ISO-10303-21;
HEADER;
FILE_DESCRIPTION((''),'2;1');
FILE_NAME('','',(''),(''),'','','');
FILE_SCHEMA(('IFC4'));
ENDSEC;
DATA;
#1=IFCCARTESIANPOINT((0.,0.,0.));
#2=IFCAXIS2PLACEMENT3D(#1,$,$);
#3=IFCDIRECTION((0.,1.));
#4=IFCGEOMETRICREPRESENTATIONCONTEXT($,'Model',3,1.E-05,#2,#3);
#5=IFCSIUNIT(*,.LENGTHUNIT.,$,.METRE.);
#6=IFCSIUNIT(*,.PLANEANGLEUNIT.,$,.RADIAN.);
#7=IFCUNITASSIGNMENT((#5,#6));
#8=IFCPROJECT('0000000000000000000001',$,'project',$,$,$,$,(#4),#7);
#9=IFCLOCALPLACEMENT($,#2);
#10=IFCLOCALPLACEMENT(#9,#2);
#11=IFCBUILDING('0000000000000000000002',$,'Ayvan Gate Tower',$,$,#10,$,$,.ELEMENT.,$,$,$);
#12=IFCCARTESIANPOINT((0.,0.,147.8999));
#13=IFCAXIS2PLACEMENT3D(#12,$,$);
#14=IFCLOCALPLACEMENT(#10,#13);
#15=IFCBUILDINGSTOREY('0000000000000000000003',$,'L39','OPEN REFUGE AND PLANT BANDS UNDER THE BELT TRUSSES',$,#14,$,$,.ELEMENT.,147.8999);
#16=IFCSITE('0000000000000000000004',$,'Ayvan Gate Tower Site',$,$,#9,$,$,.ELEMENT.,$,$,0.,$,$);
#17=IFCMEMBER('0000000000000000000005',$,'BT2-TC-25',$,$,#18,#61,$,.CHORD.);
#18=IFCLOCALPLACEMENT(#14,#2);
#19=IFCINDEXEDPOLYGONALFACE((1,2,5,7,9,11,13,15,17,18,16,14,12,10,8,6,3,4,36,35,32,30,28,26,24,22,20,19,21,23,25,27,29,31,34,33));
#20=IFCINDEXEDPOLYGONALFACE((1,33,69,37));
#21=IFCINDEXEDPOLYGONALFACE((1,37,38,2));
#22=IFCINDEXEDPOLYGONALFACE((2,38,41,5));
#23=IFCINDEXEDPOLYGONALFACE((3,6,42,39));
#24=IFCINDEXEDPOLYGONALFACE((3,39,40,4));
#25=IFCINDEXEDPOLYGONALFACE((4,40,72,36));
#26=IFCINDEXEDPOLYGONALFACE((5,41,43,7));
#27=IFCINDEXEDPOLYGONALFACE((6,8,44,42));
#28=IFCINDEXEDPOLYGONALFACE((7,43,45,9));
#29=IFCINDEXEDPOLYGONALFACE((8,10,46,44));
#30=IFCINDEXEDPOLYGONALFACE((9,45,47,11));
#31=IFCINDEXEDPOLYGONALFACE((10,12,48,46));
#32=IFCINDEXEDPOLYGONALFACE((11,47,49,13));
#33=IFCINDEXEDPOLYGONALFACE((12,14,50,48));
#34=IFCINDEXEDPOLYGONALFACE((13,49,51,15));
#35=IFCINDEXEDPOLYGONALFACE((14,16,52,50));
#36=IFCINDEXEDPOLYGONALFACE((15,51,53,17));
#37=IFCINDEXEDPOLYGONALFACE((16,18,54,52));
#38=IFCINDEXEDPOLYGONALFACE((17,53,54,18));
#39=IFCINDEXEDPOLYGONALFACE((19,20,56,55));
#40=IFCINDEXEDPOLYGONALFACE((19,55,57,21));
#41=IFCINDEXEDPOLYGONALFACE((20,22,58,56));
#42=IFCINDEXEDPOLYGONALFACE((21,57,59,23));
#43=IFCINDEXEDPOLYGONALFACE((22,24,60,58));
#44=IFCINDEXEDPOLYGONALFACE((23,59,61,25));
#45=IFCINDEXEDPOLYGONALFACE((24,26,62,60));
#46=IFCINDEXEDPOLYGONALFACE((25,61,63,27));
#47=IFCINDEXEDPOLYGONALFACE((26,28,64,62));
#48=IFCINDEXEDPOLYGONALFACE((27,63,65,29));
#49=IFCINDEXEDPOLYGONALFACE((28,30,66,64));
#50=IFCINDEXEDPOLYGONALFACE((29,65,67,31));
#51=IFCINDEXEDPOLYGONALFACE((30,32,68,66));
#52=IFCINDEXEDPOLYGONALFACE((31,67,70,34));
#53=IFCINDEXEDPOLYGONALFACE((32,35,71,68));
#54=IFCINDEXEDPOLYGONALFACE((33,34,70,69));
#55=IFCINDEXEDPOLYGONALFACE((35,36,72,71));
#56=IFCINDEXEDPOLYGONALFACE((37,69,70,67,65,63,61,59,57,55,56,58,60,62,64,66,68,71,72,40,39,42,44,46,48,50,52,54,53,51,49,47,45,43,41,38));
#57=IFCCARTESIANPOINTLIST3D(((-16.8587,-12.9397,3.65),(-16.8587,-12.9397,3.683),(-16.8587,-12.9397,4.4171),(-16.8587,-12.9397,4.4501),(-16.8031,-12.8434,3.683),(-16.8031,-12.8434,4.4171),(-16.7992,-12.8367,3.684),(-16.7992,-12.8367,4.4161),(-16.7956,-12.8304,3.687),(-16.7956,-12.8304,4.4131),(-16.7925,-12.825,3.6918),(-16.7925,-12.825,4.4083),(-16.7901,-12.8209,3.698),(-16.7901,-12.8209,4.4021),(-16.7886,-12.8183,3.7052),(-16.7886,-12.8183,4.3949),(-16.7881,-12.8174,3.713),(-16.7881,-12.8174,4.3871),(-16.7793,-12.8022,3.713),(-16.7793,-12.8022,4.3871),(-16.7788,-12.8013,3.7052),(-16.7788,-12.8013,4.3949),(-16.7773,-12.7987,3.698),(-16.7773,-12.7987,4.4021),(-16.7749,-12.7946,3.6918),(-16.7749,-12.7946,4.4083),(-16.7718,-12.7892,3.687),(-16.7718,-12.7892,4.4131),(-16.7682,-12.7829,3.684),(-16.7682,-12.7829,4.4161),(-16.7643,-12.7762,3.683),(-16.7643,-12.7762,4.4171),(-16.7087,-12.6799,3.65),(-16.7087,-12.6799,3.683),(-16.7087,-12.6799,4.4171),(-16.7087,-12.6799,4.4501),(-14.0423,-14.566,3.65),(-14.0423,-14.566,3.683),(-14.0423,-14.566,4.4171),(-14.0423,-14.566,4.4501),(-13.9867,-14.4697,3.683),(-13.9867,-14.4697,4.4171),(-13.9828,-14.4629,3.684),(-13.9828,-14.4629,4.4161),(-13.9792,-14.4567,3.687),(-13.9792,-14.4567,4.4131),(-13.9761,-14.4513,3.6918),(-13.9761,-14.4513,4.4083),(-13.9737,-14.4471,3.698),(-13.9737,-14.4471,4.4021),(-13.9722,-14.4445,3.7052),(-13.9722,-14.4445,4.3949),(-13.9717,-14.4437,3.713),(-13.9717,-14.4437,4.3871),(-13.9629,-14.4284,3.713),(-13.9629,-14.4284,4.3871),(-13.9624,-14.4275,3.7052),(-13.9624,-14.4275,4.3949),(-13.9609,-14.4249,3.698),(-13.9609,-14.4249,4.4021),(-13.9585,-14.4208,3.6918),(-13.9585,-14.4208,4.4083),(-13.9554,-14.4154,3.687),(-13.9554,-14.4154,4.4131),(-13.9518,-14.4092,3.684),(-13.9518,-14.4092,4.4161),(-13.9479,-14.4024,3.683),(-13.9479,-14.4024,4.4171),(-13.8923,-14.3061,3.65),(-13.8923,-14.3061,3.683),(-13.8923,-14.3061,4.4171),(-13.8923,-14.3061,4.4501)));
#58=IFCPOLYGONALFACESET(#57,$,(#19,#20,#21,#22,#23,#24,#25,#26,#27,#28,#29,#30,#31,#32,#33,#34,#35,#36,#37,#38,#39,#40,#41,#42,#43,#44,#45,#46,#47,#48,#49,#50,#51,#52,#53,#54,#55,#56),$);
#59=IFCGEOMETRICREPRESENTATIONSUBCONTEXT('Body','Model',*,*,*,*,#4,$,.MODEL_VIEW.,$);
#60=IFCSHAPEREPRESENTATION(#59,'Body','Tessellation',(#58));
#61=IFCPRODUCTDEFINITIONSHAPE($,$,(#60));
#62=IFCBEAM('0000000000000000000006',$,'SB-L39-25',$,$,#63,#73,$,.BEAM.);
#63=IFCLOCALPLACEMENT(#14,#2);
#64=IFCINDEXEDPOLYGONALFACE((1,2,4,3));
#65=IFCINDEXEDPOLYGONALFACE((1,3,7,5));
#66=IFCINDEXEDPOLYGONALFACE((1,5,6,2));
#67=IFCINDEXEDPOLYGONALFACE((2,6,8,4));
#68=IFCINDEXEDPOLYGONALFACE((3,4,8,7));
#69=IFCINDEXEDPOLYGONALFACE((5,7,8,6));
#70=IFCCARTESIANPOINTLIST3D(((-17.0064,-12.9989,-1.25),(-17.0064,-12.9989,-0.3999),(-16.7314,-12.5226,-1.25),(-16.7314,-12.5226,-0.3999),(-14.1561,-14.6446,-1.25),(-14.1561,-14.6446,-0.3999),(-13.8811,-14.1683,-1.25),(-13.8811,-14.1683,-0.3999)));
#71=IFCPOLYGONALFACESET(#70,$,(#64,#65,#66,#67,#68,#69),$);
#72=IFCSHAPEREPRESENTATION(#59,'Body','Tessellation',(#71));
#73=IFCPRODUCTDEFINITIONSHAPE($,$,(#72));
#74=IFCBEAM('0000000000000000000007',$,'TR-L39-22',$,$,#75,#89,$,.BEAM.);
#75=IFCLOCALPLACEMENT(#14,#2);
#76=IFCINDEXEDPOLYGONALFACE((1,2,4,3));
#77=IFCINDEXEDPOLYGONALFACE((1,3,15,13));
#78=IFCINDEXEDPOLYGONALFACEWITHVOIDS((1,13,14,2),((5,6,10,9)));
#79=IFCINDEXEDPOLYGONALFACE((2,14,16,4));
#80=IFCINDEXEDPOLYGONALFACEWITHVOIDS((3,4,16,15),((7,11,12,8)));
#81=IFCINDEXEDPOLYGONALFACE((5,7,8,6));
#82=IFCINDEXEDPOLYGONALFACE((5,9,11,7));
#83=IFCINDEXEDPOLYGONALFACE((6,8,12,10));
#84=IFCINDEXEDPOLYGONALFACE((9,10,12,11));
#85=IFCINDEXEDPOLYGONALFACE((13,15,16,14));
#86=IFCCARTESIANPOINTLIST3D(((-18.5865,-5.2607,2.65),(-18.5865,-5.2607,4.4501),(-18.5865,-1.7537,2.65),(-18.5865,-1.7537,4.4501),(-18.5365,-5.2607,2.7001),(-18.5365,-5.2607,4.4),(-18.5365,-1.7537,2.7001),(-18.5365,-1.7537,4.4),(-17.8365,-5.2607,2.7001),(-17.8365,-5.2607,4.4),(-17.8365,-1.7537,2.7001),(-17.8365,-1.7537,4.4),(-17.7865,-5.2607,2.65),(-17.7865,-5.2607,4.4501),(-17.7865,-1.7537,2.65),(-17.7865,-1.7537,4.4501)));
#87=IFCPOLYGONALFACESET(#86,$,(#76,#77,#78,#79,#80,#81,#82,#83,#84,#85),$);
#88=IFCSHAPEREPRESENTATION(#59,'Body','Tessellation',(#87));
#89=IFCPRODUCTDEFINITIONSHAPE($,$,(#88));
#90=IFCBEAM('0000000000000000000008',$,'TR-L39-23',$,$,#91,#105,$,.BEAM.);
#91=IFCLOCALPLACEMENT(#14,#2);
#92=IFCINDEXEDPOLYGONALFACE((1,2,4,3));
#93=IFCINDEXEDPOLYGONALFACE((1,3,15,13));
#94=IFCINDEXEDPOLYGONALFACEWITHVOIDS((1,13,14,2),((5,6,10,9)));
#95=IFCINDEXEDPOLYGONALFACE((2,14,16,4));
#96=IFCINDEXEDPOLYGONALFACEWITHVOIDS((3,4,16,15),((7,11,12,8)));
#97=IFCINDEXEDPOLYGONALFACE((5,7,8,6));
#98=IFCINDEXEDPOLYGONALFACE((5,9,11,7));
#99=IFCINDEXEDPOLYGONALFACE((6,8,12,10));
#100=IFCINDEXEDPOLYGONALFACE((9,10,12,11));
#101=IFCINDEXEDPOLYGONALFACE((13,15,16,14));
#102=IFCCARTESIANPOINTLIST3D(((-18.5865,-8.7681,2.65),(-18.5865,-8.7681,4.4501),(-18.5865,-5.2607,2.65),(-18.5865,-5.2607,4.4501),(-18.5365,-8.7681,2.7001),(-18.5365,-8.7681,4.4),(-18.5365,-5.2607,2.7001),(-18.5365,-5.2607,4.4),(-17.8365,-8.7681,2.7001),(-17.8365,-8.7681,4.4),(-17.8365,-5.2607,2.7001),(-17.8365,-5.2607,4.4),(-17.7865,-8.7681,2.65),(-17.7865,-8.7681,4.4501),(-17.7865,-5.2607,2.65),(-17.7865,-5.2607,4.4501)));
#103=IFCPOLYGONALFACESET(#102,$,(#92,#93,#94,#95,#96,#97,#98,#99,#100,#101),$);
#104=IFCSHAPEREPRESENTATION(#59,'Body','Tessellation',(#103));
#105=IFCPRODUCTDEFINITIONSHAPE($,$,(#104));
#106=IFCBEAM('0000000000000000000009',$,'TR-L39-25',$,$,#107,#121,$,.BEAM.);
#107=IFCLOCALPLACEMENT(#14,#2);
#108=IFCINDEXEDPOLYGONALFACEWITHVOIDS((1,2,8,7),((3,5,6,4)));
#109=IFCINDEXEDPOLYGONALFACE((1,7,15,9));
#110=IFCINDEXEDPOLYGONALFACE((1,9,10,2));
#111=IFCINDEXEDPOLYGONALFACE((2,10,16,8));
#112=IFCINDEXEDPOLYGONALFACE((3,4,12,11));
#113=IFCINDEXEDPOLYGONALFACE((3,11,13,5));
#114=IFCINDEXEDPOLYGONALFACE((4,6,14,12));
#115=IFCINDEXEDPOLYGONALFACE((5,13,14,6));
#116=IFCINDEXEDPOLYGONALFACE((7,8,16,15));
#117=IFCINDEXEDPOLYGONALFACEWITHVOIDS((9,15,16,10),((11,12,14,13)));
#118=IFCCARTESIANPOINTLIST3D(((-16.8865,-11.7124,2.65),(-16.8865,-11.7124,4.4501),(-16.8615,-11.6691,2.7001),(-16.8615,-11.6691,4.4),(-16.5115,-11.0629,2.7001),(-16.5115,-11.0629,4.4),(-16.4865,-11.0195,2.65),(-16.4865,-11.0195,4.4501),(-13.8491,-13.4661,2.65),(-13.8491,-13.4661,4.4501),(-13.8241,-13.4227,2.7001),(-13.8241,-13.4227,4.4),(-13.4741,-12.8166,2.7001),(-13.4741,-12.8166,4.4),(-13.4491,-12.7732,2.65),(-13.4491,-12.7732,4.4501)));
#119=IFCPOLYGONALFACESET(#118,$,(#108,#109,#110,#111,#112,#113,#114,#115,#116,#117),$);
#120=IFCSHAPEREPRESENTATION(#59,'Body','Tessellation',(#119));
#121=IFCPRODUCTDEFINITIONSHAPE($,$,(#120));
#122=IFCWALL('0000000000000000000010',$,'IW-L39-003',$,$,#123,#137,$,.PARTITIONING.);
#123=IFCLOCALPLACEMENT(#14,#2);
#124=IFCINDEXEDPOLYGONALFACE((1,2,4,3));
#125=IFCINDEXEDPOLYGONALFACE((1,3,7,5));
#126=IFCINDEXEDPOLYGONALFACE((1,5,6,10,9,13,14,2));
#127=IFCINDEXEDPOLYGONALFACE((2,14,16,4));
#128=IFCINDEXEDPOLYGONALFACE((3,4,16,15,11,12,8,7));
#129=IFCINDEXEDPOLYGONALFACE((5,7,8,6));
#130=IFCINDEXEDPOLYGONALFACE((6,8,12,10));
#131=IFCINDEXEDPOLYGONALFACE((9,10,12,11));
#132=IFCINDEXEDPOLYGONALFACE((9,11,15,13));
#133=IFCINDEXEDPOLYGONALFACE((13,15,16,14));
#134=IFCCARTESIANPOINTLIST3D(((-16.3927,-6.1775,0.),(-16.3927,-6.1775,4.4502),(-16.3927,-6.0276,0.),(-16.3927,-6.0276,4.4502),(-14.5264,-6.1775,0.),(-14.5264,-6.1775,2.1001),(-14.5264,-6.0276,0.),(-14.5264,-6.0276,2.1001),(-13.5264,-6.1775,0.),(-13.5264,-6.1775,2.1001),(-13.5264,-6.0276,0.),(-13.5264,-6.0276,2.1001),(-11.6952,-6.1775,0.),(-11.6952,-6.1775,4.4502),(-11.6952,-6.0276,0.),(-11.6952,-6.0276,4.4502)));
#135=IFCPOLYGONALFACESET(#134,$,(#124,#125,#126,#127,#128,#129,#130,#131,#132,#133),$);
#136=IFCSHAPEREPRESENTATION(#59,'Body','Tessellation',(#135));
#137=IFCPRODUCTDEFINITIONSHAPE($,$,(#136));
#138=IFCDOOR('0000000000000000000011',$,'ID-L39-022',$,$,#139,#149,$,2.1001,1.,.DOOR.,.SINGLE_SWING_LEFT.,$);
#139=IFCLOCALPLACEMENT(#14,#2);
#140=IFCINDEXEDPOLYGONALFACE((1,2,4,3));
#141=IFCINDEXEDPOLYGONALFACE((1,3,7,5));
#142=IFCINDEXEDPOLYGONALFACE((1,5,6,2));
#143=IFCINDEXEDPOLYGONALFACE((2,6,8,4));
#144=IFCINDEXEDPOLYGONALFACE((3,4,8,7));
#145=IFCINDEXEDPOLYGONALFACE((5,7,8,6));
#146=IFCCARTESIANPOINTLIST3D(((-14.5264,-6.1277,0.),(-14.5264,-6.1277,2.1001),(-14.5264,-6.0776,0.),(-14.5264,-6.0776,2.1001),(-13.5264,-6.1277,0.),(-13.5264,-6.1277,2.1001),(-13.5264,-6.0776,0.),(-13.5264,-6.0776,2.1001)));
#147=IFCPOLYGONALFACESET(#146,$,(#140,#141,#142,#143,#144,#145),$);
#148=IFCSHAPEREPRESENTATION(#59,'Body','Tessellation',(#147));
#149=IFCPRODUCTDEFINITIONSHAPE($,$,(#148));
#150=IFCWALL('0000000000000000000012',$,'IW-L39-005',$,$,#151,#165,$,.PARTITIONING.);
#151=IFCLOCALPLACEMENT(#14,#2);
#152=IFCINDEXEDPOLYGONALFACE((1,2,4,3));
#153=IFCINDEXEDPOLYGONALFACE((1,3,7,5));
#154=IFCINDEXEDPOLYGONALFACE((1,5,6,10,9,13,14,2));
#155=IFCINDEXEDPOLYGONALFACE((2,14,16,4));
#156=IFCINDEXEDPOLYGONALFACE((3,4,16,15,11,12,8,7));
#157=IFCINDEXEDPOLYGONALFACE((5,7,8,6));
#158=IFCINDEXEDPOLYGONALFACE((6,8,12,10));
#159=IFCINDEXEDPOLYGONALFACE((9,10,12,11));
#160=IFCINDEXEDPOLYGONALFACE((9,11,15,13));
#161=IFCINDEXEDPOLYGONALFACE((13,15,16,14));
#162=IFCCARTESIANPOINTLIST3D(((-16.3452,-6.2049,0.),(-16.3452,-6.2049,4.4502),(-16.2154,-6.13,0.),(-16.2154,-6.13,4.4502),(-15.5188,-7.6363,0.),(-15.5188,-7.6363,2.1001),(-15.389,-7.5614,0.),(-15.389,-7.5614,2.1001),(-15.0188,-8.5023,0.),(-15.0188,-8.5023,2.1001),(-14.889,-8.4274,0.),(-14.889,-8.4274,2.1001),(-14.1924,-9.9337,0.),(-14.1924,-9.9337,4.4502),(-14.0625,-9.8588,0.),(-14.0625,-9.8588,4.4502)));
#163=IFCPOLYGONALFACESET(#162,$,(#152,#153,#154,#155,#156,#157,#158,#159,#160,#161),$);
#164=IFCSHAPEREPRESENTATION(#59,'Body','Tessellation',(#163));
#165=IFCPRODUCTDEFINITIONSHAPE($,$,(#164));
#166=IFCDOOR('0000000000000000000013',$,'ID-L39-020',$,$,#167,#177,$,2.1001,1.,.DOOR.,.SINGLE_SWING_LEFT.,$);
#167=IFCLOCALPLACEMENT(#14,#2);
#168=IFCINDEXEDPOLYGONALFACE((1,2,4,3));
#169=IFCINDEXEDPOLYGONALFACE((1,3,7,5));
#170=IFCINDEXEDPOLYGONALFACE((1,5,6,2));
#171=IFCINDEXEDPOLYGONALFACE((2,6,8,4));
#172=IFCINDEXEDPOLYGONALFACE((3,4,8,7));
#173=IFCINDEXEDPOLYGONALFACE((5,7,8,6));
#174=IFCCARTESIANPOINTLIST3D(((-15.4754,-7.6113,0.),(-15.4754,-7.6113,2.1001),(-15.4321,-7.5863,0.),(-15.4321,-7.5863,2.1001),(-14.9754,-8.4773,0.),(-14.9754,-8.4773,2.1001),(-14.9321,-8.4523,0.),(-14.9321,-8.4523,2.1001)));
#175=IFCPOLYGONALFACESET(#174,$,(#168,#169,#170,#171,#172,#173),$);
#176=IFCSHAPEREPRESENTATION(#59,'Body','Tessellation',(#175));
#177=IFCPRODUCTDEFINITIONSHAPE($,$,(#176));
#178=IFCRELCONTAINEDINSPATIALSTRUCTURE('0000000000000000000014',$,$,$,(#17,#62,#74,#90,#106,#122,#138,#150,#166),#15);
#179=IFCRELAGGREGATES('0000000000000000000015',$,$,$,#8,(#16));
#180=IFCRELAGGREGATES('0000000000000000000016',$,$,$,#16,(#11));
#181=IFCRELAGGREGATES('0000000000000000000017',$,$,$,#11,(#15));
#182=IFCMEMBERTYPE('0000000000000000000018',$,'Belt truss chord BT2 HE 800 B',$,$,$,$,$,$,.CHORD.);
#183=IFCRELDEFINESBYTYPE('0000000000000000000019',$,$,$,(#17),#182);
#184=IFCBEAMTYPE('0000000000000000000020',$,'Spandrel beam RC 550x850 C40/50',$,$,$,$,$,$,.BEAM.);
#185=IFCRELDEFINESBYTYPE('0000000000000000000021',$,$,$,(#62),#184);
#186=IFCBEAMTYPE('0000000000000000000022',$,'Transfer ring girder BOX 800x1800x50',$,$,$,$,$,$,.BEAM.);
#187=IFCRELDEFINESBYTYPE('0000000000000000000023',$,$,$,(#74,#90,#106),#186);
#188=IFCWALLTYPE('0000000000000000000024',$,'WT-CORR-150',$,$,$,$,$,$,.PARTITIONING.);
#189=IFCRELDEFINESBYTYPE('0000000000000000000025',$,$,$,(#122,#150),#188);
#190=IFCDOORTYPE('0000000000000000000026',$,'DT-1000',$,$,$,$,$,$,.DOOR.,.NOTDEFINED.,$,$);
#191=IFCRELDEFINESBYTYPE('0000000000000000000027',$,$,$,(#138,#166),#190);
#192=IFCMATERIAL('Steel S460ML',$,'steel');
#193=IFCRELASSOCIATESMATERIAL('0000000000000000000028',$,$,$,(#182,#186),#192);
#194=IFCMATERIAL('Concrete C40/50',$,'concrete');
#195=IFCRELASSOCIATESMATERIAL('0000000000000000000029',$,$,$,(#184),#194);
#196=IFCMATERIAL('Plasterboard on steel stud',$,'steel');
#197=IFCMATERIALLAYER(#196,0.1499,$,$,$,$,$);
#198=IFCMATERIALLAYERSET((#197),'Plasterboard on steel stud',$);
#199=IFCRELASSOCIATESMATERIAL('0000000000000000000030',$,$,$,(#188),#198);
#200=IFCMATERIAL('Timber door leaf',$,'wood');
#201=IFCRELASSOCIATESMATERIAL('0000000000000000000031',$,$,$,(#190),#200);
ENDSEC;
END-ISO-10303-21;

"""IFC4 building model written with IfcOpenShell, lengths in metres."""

from ifc_helpers import new_model, si_unit, direction, frame, frame_2d, origin, origin_2d, place, context, subcontext, project, spatial, rectangle, hollow_rectangle, i_section, extrude, material, layer, layer_set, material_profile, profile_set, type_object, element, fill, save


model = new_model("IFC4")

# Units and contexts
model_context = context("Model", 3, precision=1e-05, world=origin(), true_north=direction((0.0, 1.0)))
body_context = subcontext(model_context, "Body", "Model", "MODEL_VIEW")
ifc_project = project(units=[si_unit("LENGTHUNIT", "METRE"), si_unit("PLANEANGLEUNIT", "RADIAN")], contexts=[model_context])

# Site, building, storey
site_placement = place(None, origin())
site = spatial("IfcSite", under=ifc_project, at=site_placement, Name="Ayvan Gate Tower Site", CompositionType="ELEMENT", RefElevation=0.0)
building_placement = place(site_placement, origin())
building = spatial("IfcBuilding", under=site, at=building_placement, Name="Ayvan Gate Tower", CompositionType="ELEMENT")
storey_placement = place(building_placement, frame((0.0, 0.0, 147.8999)))
storey = spatial("IfcBuildingStorey", under=building, at=storey_placement, Name="L39", Description="OPEN REFUGE AND PLANT BANDS UNDER THE BELT TRUSSES", CompositionType="ELEMENT", Elevation=147.8999)

# Member
ifc_material_1 = material(Name="Steel S460ML", Category="steel")
ifc_material_profile_1 = material_profile(ifc_material_1, i_section(OverallWidth=0.3, OverallDepth=0.8, WebThickness=0.0176, FlangeThickness=0.033, FilletRadius=0.03, at=origin_2d()), Name="HE 800 B")
ifc_profile_set_1 = profile_set([ifc_material_profile_1], Name="Steel S460ML")
member_type_1 = type_object("IfcMemberType", Name="Belt truss chord BT2 HE 800 B", PredefinedType="CHORD", material=ifc_profile_set_1)
member_1_placement = place(storey_placement, frame((-16.7837, -12.8098, 4.05), z_axis=(0.866003, -0.500039, 0.0), x_axis=(0.500039, 0.866003, 0.0)))
element("IfcMember", 1, at=member_1_placement, inside=storey, type_object=member_type_1, Name="BT2-TC-25", PredefinedType="CHORD", context=body_context, shape_type="SweptSolid", body=[
    extrude(i_section(OverallWidth=0.3, OverallDepth=0.8, WebThickness=0.0176, FlangeThickness=0.033, FilletRadius=0.03, at=origin_2d()), origin(), (0.0, 0.0, 1.0), 3.2522),
])

# Beams
ifc_material_2 = material(Name="Concrete C40/50", Category="concrete")
ifc_material_profile_2 = material_profile(ifc_material_2, rectangle(XDim=0.55, YDim=0.8501, at=origin_2d()), Name="RC 550x850")
ifc_profile_set_2 = profile_set([ifc_material_profile_2], Name="Concrete C40/50")
beam_type_1 = type_object("IfcBeamType", Name="Spandrel beam RC 550x850 C40/50", PredefinedType="BEAM", material=ifc_profile_set_2)
beam_1_placement = place(storey_placement, frame((-16.8689, -12.7607, -0.825), z_axis=(0.866011, -0.500024, 0.0), x_axis=(0.500024, 0.866011, 0.0)))
element("IfcBeam", 2, at=beam_1_placement, inside=storey, type_object=beam_type_1, Name="SB-L39-25", PredefinedType="BEAM", context=body_context, shape_type="SweptSolid", body=[
    extrude(rectangle(XDim=0.55, YDim=0.8501, at=origin_2d()), origin(), (0.0, 0.0, 1.0), 3.2913),
])
ifc_material_profile_3 = material_profile(ifc_material_1, hollow_rectangle(XDim=0.8, YDim=1.8, WallThickness=0.05, at=origin_2d()), Name="BOX 800x1800x50")
ifc_profile_set_3 = profile_set([ifc_material_profile_3], Name="Steel S460ML")
beam_type_2 = type_object("IfcBeamType", Name="Transfer ring girder BOX 800x1800x50", PredefinedType="BEAM", material=ifc_profile_set_3)
beam_2_placement = place(storey_placement, frame((-18.1865, -1.7537, 3.55), z_axis=(0.0, -1.0, 0.0), x_axis=(1.0, 0.0, 0.0)))
element("IfcBeam", 3, at=beam_2_placement, inside=storey, type_object=beam_type_2, Name="TR-L39-22", PredefinedType="BEAM", context=body_context, shape_type="SweptSolid", body=[
    extrude(hollow_rectangle(XDim=0.8, YDim=1.8, WallThickness=0.05, at=origin_2d()), origin(), (0.0, 0.0, 1.0), 3.5071),
])
for number, where, z_axis, x_axis, name in (
    (4, (-18.1865, -5.2607, 3.55), (0.0, -1.0, 0.0), (1.0, 0.0, 0.0), "TR-L39-23"),
    (5, (-16.6865, -11.366, 3.55), (0.86602, -0.50001, 0.0), (0.50001, 0.86602, 0.0), "TR-L39-25"),
):
    element("IfcBeam", number, at=place(storey_placement, frame(where, z_axis=z_axis, x_axis=x_axis)), inside=storey, type_object=beam_type_2, Name=name, PredefinedType="BEAM", context=body_context, shape_type="SweptSolid", body=[
        extrude(hollow_rectangle(XDim=0.8, YDim=1.8, WallThickness=0.05, at=origin_2d()), origin(), (0.0, 0.0, 1.0), 3.5073),
    ])

# Walls, openings, doors
ifc_material_3 = material(Name="Plasterboard on steel stud", Category="steel")
ifc_layer_1 = layer(ifc_material_3, 0.1499)
ifc_layer_set_1 = layer_set([ifc_layer_1], Name="Plasterboard on steel stud")
wall_type_1 = type_object("IfcWallType", Name="WT-CORR-150", PredefinedType="PARTITIONING", material=ifc_layer_set_1)
wall_1_placement = place(storey_placement, frame((-16.3926, -6.1025, 0.0), z_axis=(0.0, 0.0, 1.0), x_axis=(1.0, 0.0, 0.0)))
wall_1 = element("IfcWall", 6, at=wall_1_placement, inside=storey, type_object=wall_type_1, Name="IW-L39-003", PredefinedType="PARTITIONING", context=body_context, shape_type="SweptSolid", body=[
    extrude(rectangle(XDim=4.6975, YDim=0.1499, at=frame_2d((2.3486, 0.0))), origin(), (0.0, 0.0, 1.0), 4.4502),
])
opening_1_placement = place(wall_1_placement, frame((1.8662, 0.0, 0.0)))
opening_1 = element("IfcOpeningElement", 7, at=opening_1_placement, cuts=wall_1, PredefinedType="OPENING", context=body_context, shape_type="SweptSolid", body=[
    extrude(rectangle(XDim=1.0, YDim=2.1001, at=frame_2d((0.5, 1.05))), frame((0.0, 0.085, 0.0), z_axis=(0.0, -1.0, 0.0), x_axis=(1.0, 0.0, 0.0)), (0.0, 0.0, 1.0), 0.1699),
])
ifc_material_4 = material(Name="Timber door leaf", Category="wood")
door_type = type_object("IfcDoorType", Name="DT-1000", OperationType="NOTDEFINED", PredefinedType="DOOR", material=ifc_material_4)
door_1_placement = place(opening_1_placement, origin())
door_1 = element("IfcDoor", 8, at=door_1_placement, inside=storey, type_object=door_type, Name="ID-L39-022", OperationType="SINGLE_SWING_LEFT", OverallHeight=2.1001, OverallWidth=1.0, PredefinedType="DOOR", context=body_context, shape_type="SweptSolid", body=[
    extrude(rectangle(XDim=1.0, YDim=2.1001, at=frame_2d((0.5, 1.05))), frame((0.0, 0.0249, 0.0), z_axis=(0.0, -1.0, 0.0), x_axis=(1.0, 0.0, 0.0)), (0.0, 0.0, 1.0), 0.05),
])
fill(opening_1, door_1)
wall_2_placement = place(storey_placement, frame((-14.1274, -9.8962, 0.0), z_axis=(0.0, 0.0, 1.0), x_axis=(-0.500006, 0.866022, 0.0)))
wall_2 = element("IfcWall", 9, at=wall_2_placement, inside=storey, type_object=wall_type_1, Name="IW-L39-005", PredefinedType="PARTITIONING", context=body_context, shape_type="SweptSolid", body=[
    extrude(rectangle(XDim=4.3057, YDim=0.1499, at=frame_2d((2.1528, 0.0))), origin(), (0.0, 0.0, 1.0), 4.4502),
])
opening_2_placement = place(wall_2_placement, frame((1.6528, 0.0, 0.0)))
opening_2 = element("IfcOpeningElement", 10, at=opening_2_placement, cuts=wall_2, PredefinedType="OPENING", context=body_context, shape_type="SweptSolid", body=[
    extrude(rectangle(XDim=1.0, YDim=2.1001, at=frame_2d((0.5, 1.05))), frame((0.0, 0.085, 0.0), z_axis=(0.0, -1.0, 0.0), x_axis=(1.0, 0.0, 0.0)), (0.0, 0.0, 1.0), 0.1699),
])
door_2_placement = place(opening_2_placement, origin())
door_2 = element("IfcDoor", 11, at=door_2_placement, inside=storey, type_object=door_type, Name="ID-L39-020", OperationType="SINGLE_SWING_LEFT", OverallHeight=2.1001, OverallWidth=1.0, PredefinedType="DOOR", context=body_context, shape_type="SweptSolid", body=[
    extrude(rectangle(XDim=1.0, YDim=2.1001, at=frame_2d((0.5, 1.05))), frame((0.0, 0.0249, 0.0), z_axis=(0.0, -1.0, 0.0), x_axis=(1.0, 0.0, 0.0)), (0.0, 0.0, 1.0), 0.05),
])
fill(opening_2, door_2)

save(model, "model.ifc")
